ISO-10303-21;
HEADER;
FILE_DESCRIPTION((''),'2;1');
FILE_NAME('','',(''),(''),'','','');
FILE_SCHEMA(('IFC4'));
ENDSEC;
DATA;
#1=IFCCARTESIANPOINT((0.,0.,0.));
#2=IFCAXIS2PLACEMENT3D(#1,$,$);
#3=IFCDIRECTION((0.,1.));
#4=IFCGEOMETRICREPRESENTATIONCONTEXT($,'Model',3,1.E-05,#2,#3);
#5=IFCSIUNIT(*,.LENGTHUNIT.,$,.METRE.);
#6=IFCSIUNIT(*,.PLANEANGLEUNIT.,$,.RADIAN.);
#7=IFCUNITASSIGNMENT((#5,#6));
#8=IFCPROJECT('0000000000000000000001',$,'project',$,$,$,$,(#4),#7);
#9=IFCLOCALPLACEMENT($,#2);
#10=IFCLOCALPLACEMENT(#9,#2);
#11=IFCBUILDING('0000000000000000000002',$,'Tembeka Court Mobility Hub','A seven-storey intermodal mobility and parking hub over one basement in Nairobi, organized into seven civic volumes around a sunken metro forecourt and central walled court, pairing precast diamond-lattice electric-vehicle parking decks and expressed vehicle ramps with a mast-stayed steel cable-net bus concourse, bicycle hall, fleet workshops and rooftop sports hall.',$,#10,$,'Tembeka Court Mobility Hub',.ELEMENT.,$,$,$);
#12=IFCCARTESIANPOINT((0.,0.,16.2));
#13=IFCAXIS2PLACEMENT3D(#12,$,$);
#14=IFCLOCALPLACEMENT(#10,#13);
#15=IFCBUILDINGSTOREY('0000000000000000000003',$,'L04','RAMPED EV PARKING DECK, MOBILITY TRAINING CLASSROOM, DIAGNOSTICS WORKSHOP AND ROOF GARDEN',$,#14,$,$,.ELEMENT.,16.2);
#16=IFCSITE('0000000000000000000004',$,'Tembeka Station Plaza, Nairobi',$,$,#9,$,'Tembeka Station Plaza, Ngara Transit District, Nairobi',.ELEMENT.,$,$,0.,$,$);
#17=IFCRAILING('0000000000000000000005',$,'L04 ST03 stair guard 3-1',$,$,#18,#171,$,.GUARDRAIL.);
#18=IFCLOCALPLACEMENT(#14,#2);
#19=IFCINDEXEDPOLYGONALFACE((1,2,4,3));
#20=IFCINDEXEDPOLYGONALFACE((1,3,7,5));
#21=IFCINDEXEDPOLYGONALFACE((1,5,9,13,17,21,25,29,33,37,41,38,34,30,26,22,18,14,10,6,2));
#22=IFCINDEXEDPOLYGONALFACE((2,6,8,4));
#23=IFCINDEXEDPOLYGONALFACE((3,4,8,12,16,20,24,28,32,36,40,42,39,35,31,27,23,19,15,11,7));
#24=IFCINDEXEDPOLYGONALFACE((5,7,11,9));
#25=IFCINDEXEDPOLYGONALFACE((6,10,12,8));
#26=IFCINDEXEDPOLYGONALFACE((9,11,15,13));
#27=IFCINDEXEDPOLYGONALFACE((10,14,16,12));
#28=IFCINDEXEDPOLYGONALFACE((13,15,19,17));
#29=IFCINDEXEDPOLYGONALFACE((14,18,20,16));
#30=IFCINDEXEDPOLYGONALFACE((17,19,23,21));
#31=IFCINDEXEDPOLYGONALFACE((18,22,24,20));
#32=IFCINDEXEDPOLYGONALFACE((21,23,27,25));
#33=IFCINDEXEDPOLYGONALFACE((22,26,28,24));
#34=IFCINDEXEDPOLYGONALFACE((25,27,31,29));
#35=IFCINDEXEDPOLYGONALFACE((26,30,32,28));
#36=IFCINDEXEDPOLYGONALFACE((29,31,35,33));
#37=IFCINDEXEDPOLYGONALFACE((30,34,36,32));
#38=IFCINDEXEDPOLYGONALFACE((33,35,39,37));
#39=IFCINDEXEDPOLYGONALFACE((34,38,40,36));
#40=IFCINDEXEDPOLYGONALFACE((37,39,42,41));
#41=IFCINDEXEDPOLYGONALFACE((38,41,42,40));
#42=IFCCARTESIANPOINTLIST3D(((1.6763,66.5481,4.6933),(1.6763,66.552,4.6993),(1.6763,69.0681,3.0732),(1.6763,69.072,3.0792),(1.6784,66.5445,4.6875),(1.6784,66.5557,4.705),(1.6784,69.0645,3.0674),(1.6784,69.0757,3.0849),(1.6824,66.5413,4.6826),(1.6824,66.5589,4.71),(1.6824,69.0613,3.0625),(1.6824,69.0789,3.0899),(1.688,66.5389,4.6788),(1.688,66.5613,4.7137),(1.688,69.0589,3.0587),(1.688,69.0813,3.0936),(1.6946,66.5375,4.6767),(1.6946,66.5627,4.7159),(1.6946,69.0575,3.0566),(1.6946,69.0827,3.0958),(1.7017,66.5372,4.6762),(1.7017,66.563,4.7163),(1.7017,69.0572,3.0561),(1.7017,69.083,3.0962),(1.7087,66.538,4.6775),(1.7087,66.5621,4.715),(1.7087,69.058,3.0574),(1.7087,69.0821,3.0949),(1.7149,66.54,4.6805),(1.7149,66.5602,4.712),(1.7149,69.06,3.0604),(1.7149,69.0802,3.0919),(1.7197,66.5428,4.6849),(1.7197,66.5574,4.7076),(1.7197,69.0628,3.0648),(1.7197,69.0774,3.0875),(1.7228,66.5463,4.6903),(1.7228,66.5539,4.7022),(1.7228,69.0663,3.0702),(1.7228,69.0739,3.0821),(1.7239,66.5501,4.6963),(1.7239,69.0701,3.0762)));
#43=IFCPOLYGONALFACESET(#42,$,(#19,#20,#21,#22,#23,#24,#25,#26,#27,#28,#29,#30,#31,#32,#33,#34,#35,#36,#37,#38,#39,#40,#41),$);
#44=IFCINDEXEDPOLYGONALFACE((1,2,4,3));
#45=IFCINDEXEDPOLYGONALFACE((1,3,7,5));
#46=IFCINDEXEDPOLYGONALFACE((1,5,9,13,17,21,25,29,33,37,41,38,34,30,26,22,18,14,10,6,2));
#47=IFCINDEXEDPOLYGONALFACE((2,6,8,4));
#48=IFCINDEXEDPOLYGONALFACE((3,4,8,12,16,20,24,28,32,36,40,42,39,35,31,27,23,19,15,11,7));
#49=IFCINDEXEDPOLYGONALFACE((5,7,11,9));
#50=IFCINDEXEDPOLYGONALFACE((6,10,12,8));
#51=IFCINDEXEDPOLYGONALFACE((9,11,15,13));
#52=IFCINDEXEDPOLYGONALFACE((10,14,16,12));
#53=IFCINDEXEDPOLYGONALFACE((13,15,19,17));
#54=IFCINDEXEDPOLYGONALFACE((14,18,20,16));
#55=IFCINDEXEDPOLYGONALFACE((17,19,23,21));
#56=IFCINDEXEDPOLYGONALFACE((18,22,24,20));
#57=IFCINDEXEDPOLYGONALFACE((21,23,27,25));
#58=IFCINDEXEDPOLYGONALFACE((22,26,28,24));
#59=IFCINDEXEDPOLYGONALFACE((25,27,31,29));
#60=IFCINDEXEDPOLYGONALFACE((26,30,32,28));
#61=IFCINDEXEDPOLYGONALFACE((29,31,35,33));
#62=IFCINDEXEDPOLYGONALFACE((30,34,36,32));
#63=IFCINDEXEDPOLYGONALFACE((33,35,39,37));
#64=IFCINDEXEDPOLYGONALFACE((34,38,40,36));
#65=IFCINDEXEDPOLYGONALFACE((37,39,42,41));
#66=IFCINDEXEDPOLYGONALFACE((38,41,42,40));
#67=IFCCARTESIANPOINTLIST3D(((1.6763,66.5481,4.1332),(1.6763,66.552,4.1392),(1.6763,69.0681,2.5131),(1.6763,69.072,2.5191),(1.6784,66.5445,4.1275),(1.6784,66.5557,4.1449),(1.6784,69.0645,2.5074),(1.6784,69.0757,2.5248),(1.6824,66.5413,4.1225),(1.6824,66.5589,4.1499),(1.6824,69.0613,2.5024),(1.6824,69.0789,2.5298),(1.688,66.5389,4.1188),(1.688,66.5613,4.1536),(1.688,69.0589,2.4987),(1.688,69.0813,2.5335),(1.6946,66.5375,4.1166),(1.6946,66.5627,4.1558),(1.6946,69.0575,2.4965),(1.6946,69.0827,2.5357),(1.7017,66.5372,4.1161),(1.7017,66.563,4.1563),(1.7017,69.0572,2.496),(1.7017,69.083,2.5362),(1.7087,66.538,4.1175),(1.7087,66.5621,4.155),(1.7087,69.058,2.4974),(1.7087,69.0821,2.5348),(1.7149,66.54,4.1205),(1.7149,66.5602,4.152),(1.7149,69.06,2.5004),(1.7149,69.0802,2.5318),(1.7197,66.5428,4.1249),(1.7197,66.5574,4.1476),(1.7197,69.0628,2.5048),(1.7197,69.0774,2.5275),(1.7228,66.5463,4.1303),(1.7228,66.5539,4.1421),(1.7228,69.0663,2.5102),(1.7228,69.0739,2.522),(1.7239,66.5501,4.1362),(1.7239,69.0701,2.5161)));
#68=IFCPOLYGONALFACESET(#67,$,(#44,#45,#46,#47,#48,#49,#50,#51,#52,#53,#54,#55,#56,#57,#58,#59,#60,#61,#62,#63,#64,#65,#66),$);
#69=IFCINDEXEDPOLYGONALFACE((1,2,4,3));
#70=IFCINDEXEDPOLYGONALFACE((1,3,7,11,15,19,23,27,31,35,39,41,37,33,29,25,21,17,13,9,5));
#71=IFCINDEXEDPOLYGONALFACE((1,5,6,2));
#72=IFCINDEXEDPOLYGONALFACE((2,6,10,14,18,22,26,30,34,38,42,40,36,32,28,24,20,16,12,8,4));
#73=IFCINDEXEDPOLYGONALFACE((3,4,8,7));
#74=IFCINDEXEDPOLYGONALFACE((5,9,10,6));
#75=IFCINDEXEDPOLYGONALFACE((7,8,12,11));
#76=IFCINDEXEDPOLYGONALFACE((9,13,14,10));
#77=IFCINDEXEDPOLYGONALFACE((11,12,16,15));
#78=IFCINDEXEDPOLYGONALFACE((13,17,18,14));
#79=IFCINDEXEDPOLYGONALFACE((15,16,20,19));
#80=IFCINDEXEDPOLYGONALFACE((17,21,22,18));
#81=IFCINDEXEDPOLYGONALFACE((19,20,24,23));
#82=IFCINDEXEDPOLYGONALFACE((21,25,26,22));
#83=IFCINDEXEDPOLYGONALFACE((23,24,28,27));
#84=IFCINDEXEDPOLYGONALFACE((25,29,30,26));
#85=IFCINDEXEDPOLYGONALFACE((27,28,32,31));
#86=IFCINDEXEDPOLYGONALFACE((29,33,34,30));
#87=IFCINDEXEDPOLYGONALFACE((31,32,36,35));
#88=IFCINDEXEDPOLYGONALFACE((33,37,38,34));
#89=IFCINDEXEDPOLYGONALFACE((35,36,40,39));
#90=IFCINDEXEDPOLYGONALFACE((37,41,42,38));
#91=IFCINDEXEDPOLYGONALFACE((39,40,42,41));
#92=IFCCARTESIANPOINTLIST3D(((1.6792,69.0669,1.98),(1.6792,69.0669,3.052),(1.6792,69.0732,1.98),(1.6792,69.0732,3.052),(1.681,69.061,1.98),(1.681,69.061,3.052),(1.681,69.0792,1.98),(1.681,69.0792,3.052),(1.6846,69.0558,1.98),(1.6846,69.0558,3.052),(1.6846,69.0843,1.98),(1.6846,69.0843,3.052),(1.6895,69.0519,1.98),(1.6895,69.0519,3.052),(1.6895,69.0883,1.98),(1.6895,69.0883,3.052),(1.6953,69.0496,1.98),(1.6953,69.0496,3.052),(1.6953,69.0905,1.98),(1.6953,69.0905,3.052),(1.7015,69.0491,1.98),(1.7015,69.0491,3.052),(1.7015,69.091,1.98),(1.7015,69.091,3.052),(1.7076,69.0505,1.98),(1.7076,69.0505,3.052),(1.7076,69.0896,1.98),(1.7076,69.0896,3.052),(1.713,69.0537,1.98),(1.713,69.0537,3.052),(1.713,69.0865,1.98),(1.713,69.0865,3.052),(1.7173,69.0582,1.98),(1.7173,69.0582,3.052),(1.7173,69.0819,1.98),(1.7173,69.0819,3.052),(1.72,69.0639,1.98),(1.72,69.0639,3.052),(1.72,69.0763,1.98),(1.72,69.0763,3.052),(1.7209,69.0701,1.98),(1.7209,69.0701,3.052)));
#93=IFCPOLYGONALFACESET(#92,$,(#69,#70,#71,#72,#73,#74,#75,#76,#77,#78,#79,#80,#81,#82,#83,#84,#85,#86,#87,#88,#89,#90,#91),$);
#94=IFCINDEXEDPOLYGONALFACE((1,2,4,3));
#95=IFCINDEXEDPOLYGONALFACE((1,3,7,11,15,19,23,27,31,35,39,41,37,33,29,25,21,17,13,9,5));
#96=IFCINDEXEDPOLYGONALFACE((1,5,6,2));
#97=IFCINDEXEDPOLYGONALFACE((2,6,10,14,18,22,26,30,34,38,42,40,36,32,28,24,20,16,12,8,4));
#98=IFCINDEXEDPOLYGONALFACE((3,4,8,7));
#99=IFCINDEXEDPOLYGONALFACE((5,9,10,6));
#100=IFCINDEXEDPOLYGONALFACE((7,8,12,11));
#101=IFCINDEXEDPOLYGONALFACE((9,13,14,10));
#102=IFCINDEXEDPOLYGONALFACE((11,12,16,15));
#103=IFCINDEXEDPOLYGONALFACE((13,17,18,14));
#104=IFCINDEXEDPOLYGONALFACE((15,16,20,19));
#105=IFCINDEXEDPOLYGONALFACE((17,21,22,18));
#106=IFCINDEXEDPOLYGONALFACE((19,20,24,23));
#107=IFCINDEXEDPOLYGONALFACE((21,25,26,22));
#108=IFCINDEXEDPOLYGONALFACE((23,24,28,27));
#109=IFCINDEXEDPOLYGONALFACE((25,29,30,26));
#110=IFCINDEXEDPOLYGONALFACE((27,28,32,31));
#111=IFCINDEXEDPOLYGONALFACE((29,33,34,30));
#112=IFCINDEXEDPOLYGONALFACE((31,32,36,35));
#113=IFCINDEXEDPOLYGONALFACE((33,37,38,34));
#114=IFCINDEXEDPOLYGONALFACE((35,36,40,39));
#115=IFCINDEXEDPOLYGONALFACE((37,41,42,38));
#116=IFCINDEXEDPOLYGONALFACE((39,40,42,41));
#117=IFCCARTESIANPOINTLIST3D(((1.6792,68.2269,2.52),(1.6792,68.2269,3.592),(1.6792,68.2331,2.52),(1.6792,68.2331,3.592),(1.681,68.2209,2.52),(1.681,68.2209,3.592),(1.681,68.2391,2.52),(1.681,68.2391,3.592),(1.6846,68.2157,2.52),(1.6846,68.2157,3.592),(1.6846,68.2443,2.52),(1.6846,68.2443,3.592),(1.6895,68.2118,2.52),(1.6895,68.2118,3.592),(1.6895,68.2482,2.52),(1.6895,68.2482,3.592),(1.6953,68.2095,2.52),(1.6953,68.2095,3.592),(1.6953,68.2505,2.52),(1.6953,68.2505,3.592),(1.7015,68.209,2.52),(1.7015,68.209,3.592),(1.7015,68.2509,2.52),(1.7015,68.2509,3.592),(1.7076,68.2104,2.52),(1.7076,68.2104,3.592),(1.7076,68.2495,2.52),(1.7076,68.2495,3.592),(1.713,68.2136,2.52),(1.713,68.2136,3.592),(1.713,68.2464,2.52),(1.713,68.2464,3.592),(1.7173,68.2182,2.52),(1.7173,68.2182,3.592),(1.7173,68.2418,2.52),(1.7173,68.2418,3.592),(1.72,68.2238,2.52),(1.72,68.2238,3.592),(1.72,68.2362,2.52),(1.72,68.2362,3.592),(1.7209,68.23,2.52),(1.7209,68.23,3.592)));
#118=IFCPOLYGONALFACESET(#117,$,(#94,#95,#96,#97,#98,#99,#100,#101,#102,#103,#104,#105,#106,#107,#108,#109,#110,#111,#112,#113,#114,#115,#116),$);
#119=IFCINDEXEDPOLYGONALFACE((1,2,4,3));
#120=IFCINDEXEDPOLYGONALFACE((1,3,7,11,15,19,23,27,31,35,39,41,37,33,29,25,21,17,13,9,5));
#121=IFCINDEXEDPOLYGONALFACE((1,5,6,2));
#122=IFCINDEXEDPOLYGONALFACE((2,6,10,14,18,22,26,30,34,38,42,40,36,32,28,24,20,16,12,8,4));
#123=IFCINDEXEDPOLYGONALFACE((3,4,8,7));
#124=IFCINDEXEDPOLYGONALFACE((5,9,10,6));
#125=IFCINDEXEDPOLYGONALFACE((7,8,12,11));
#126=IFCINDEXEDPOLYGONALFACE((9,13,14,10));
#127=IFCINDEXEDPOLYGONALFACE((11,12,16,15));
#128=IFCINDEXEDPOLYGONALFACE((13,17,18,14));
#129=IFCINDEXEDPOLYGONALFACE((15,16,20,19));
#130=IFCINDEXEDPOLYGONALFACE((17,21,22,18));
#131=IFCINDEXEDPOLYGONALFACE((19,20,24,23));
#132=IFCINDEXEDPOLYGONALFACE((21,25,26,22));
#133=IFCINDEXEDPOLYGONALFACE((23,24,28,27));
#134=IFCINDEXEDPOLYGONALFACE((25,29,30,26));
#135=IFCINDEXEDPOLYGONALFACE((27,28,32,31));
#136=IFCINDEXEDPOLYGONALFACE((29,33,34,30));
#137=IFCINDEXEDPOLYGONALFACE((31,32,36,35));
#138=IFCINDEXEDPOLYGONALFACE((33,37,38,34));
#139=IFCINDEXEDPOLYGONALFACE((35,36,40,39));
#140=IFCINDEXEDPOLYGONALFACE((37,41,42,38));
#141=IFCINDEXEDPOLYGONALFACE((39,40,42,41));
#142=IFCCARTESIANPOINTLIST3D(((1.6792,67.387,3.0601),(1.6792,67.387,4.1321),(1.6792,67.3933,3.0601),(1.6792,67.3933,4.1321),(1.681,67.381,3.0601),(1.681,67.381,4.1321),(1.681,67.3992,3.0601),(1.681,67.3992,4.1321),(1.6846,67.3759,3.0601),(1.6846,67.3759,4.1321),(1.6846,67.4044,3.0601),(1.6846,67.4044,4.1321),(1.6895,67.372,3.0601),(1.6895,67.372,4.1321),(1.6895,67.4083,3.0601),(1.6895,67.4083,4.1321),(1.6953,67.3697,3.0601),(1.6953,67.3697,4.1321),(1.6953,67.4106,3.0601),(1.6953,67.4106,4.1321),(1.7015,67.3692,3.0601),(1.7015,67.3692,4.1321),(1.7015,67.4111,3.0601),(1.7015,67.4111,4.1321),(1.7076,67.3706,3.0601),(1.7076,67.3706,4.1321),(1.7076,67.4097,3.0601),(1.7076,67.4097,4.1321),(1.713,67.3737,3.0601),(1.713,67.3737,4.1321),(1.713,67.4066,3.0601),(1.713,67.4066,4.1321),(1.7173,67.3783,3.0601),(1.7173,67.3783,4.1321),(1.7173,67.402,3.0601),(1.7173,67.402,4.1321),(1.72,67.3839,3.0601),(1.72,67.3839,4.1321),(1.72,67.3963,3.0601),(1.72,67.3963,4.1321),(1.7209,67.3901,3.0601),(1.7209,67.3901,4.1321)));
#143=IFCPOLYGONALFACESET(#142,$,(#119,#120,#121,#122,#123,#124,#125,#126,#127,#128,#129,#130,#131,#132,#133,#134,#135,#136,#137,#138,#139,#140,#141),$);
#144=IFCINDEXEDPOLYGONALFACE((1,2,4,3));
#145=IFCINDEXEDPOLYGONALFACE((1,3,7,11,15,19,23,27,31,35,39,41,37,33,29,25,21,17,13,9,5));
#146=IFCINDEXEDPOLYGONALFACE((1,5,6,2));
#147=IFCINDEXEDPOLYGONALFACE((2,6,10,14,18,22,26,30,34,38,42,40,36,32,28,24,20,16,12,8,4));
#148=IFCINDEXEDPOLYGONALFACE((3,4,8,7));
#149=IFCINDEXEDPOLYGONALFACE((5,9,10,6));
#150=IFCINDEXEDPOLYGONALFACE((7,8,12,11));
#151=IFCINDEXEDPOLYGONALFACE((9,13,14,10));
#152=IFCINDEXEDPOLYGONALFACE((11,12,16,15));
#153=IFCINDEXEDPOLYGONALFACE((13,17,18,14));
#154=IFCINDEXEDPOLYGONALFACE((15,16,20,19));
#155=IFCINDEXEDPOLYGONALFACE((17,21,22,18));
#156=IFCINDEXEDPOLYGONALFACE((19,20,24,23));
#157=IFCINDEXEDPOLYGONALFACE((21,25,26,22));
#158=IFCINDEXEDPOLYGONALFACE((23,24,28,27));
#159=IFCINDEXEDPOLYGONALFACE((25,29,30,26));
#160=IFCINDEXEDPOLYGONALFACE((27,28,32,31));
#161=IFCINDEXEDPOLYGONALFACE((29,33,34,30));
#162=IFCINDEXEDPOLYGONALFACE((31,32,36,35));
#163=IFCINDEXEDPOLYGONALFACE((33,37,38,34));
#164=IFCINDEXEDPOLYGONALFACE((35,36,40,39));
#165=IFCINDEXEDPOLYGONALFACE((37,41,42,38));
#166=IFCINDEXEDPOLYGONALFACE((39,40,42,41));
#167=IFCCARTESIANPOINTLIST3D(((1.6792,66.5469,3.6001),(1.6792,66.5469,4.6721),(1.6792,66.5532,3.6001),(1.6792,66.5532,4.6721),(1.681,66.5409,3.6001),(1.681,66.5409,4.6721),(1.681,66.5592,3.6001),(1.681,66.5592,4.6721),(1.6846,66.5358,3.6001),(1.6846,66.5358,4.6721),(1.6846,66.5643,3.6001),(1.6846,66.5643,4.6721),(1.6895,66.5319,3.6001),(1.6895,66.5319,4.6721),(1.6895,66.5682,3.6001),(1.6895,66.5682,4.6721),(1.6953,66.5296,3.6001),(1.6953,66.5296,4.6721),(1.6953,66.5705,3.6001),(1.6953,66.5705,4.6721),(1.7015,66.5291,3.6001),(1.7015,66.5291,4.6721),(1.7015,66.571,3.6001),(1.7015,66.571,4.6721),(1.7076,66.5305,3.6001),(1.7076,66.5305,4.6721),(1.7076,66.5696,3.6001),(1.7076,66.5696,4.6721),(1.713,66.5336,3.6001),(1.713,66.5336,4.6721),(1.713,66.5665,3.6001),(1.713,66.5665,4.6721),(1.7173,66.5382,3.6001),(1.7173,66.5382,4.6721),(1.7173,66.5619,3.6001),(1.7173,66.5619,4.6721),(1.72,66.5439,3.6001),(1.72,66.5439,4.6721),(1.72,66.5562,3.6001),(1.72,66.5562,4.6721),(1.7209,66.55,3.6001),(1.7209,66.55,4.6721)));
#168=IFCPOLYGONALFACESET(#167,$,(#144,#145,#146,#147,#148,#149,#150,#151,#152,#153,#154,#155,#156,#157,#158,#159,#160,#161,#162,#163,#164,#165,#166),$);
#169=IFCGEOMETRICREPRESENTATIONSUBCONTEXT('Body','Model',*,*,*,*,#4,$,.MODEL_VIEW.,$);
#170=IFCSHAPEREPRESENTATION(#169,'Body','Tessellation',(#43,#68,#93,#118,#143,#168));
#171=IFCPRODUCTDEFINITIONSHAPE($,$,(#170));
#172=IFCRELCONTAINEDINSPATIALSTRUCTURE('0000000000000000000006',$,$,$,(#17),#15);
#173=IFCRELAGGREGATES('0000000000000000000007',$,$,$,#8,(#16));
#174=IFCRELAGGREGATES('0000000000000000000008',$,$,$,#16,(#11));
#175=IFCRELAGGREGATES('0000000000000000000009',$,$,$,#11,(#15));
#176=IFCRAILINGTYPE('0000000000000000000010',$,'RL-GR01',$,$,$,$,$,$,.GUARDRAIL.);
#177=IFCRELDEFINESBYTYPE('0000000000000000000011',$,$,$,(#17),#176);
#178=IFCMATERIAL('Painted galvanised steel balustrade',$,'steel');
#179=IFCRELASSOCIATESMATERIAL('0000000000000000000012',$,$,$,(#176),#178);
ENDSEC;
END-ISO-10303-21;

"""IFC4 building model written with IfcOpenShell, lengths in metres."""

from ifc_helpers import new_model, si_unit, direction, frame, origin, origin_2d, place, context, subcontext, project, spatial, circle, extrude, material, type_object, element, save


model = new_model("IFC4")

# Units and contexts
model_context = context("Model", 3, precision=1e-05, world=origin(), true_north=direction((0.0, 1.0)))
body_context = subcontext(model_context, "Body", "Model", "MODEL_VIEW")
ifc_project = project(units=[si_unit("LENGTHUNIT", "METRE"), si_unit("PLANEANGLEUNIT", "RADIAN")], contexts=[model_context])

# Site, building, storey
site_placement = place(None, origin())
site = spatial("IfcSite", under=ifc_project, at=site_placement, Name="Tembeka Station Plaza, Nairobi", LongName="Tembeka Station Plaza, Ngara Transit District, Nairobi", CompositionType="ELEMENT", RefElevation=0.0)
building_placement = place(site_placement, origin())
building = spatial("IfcBuilding", under=site, at=building_placement, Name="Tembeka Court Mobility Hub", Description="A seven-storey intermodal mobility and parking hub over one basement in Nairobi, organized into seven civic volumes around a sunken metro forecourt and central walled court, pairing precast diamond-lattice electric-vehicle parking decks and expressed vehicle ramps with a mast-stayed steel cable-net bus concourse, bicycle hall, fleet workshops and rooftop sports hall.", LongName="Tembeka Court Mobility Hub", CompositionType="ELEMENT")
storey_placement = place(building_placement, frame((0.0, 0.0, 16.2)))
storey = spatial("IfcBuildingStorey", under=building, at=storey_placement, Name="L04", Description="RAMPED EV PARKING DECK, MOBILITY TRAINING CLASSROOM, DIAGNOSTICS WORKSHOP AND ROOF GARDEN", CompositionType="ELEMENT", Elevation=16.2)

# Railing
ifc_material_1 = material(Name="Painted galvanised steel balustrade", Category="steel")
railing_type_1 = type_object("IfcRailingType", Name="RL-GR01", PredefinedType="GUARDRAIL", material=ifc_material_1)
railing_1_placement = place(storey_placement, frame((1.7, 69.0701, 1.98)))
element("IfcRailing", 1, at=railing_1_placement, inside=storey, type_object=railing_type_1, Name="L04 ST03 stair guard 3-1", PredefinedType="GUARDRAIL", context=body_context, shape_type="SweptSolid", body=[
    extrude(circle(Radius=0.0239, at=origin_2d()), frame((0.0, 0.0, 1.0962), z_axis=(0.0, -0.841163, 0.540782), x_axis=(1.0, 0.0, 0.0)), (0.0, 0.0, 1.0), 2.9958),
    extrude(circle(Radius=0.0239, at=origin_2d()), frame((0.0, 0.0, 0.5361), z_axis=(0.0, -0.841163, 0.540782), x_axis=(1.0, 0.0, 0.0)), (0.0, 0.0, 1.0), 2.9958),
    extrude(circle(Radius=0.021, at=origin_2d()), origin(), (0.0, 0.0, 1.0), 1.072),
    extrude(circle(Radius=0.021, at=origin_2d()), frame((0.0, -0.8401, 0.54)), (0.0, 0.0, 1.0), 1.072),
    extrude(circle(Radius=0.021, at=origin_2d()), frame((0.0, -1.6799, 1.0801)), (0.0, 0.0, 1.0), 1.072),
    extrude(circle(Radius=0.021, at=origin_2d()), frame((0.0, -2.52, 1.6201)), (0.0, 0.0, 1.0), 1.072),
])

save(model, "model.ifc")
